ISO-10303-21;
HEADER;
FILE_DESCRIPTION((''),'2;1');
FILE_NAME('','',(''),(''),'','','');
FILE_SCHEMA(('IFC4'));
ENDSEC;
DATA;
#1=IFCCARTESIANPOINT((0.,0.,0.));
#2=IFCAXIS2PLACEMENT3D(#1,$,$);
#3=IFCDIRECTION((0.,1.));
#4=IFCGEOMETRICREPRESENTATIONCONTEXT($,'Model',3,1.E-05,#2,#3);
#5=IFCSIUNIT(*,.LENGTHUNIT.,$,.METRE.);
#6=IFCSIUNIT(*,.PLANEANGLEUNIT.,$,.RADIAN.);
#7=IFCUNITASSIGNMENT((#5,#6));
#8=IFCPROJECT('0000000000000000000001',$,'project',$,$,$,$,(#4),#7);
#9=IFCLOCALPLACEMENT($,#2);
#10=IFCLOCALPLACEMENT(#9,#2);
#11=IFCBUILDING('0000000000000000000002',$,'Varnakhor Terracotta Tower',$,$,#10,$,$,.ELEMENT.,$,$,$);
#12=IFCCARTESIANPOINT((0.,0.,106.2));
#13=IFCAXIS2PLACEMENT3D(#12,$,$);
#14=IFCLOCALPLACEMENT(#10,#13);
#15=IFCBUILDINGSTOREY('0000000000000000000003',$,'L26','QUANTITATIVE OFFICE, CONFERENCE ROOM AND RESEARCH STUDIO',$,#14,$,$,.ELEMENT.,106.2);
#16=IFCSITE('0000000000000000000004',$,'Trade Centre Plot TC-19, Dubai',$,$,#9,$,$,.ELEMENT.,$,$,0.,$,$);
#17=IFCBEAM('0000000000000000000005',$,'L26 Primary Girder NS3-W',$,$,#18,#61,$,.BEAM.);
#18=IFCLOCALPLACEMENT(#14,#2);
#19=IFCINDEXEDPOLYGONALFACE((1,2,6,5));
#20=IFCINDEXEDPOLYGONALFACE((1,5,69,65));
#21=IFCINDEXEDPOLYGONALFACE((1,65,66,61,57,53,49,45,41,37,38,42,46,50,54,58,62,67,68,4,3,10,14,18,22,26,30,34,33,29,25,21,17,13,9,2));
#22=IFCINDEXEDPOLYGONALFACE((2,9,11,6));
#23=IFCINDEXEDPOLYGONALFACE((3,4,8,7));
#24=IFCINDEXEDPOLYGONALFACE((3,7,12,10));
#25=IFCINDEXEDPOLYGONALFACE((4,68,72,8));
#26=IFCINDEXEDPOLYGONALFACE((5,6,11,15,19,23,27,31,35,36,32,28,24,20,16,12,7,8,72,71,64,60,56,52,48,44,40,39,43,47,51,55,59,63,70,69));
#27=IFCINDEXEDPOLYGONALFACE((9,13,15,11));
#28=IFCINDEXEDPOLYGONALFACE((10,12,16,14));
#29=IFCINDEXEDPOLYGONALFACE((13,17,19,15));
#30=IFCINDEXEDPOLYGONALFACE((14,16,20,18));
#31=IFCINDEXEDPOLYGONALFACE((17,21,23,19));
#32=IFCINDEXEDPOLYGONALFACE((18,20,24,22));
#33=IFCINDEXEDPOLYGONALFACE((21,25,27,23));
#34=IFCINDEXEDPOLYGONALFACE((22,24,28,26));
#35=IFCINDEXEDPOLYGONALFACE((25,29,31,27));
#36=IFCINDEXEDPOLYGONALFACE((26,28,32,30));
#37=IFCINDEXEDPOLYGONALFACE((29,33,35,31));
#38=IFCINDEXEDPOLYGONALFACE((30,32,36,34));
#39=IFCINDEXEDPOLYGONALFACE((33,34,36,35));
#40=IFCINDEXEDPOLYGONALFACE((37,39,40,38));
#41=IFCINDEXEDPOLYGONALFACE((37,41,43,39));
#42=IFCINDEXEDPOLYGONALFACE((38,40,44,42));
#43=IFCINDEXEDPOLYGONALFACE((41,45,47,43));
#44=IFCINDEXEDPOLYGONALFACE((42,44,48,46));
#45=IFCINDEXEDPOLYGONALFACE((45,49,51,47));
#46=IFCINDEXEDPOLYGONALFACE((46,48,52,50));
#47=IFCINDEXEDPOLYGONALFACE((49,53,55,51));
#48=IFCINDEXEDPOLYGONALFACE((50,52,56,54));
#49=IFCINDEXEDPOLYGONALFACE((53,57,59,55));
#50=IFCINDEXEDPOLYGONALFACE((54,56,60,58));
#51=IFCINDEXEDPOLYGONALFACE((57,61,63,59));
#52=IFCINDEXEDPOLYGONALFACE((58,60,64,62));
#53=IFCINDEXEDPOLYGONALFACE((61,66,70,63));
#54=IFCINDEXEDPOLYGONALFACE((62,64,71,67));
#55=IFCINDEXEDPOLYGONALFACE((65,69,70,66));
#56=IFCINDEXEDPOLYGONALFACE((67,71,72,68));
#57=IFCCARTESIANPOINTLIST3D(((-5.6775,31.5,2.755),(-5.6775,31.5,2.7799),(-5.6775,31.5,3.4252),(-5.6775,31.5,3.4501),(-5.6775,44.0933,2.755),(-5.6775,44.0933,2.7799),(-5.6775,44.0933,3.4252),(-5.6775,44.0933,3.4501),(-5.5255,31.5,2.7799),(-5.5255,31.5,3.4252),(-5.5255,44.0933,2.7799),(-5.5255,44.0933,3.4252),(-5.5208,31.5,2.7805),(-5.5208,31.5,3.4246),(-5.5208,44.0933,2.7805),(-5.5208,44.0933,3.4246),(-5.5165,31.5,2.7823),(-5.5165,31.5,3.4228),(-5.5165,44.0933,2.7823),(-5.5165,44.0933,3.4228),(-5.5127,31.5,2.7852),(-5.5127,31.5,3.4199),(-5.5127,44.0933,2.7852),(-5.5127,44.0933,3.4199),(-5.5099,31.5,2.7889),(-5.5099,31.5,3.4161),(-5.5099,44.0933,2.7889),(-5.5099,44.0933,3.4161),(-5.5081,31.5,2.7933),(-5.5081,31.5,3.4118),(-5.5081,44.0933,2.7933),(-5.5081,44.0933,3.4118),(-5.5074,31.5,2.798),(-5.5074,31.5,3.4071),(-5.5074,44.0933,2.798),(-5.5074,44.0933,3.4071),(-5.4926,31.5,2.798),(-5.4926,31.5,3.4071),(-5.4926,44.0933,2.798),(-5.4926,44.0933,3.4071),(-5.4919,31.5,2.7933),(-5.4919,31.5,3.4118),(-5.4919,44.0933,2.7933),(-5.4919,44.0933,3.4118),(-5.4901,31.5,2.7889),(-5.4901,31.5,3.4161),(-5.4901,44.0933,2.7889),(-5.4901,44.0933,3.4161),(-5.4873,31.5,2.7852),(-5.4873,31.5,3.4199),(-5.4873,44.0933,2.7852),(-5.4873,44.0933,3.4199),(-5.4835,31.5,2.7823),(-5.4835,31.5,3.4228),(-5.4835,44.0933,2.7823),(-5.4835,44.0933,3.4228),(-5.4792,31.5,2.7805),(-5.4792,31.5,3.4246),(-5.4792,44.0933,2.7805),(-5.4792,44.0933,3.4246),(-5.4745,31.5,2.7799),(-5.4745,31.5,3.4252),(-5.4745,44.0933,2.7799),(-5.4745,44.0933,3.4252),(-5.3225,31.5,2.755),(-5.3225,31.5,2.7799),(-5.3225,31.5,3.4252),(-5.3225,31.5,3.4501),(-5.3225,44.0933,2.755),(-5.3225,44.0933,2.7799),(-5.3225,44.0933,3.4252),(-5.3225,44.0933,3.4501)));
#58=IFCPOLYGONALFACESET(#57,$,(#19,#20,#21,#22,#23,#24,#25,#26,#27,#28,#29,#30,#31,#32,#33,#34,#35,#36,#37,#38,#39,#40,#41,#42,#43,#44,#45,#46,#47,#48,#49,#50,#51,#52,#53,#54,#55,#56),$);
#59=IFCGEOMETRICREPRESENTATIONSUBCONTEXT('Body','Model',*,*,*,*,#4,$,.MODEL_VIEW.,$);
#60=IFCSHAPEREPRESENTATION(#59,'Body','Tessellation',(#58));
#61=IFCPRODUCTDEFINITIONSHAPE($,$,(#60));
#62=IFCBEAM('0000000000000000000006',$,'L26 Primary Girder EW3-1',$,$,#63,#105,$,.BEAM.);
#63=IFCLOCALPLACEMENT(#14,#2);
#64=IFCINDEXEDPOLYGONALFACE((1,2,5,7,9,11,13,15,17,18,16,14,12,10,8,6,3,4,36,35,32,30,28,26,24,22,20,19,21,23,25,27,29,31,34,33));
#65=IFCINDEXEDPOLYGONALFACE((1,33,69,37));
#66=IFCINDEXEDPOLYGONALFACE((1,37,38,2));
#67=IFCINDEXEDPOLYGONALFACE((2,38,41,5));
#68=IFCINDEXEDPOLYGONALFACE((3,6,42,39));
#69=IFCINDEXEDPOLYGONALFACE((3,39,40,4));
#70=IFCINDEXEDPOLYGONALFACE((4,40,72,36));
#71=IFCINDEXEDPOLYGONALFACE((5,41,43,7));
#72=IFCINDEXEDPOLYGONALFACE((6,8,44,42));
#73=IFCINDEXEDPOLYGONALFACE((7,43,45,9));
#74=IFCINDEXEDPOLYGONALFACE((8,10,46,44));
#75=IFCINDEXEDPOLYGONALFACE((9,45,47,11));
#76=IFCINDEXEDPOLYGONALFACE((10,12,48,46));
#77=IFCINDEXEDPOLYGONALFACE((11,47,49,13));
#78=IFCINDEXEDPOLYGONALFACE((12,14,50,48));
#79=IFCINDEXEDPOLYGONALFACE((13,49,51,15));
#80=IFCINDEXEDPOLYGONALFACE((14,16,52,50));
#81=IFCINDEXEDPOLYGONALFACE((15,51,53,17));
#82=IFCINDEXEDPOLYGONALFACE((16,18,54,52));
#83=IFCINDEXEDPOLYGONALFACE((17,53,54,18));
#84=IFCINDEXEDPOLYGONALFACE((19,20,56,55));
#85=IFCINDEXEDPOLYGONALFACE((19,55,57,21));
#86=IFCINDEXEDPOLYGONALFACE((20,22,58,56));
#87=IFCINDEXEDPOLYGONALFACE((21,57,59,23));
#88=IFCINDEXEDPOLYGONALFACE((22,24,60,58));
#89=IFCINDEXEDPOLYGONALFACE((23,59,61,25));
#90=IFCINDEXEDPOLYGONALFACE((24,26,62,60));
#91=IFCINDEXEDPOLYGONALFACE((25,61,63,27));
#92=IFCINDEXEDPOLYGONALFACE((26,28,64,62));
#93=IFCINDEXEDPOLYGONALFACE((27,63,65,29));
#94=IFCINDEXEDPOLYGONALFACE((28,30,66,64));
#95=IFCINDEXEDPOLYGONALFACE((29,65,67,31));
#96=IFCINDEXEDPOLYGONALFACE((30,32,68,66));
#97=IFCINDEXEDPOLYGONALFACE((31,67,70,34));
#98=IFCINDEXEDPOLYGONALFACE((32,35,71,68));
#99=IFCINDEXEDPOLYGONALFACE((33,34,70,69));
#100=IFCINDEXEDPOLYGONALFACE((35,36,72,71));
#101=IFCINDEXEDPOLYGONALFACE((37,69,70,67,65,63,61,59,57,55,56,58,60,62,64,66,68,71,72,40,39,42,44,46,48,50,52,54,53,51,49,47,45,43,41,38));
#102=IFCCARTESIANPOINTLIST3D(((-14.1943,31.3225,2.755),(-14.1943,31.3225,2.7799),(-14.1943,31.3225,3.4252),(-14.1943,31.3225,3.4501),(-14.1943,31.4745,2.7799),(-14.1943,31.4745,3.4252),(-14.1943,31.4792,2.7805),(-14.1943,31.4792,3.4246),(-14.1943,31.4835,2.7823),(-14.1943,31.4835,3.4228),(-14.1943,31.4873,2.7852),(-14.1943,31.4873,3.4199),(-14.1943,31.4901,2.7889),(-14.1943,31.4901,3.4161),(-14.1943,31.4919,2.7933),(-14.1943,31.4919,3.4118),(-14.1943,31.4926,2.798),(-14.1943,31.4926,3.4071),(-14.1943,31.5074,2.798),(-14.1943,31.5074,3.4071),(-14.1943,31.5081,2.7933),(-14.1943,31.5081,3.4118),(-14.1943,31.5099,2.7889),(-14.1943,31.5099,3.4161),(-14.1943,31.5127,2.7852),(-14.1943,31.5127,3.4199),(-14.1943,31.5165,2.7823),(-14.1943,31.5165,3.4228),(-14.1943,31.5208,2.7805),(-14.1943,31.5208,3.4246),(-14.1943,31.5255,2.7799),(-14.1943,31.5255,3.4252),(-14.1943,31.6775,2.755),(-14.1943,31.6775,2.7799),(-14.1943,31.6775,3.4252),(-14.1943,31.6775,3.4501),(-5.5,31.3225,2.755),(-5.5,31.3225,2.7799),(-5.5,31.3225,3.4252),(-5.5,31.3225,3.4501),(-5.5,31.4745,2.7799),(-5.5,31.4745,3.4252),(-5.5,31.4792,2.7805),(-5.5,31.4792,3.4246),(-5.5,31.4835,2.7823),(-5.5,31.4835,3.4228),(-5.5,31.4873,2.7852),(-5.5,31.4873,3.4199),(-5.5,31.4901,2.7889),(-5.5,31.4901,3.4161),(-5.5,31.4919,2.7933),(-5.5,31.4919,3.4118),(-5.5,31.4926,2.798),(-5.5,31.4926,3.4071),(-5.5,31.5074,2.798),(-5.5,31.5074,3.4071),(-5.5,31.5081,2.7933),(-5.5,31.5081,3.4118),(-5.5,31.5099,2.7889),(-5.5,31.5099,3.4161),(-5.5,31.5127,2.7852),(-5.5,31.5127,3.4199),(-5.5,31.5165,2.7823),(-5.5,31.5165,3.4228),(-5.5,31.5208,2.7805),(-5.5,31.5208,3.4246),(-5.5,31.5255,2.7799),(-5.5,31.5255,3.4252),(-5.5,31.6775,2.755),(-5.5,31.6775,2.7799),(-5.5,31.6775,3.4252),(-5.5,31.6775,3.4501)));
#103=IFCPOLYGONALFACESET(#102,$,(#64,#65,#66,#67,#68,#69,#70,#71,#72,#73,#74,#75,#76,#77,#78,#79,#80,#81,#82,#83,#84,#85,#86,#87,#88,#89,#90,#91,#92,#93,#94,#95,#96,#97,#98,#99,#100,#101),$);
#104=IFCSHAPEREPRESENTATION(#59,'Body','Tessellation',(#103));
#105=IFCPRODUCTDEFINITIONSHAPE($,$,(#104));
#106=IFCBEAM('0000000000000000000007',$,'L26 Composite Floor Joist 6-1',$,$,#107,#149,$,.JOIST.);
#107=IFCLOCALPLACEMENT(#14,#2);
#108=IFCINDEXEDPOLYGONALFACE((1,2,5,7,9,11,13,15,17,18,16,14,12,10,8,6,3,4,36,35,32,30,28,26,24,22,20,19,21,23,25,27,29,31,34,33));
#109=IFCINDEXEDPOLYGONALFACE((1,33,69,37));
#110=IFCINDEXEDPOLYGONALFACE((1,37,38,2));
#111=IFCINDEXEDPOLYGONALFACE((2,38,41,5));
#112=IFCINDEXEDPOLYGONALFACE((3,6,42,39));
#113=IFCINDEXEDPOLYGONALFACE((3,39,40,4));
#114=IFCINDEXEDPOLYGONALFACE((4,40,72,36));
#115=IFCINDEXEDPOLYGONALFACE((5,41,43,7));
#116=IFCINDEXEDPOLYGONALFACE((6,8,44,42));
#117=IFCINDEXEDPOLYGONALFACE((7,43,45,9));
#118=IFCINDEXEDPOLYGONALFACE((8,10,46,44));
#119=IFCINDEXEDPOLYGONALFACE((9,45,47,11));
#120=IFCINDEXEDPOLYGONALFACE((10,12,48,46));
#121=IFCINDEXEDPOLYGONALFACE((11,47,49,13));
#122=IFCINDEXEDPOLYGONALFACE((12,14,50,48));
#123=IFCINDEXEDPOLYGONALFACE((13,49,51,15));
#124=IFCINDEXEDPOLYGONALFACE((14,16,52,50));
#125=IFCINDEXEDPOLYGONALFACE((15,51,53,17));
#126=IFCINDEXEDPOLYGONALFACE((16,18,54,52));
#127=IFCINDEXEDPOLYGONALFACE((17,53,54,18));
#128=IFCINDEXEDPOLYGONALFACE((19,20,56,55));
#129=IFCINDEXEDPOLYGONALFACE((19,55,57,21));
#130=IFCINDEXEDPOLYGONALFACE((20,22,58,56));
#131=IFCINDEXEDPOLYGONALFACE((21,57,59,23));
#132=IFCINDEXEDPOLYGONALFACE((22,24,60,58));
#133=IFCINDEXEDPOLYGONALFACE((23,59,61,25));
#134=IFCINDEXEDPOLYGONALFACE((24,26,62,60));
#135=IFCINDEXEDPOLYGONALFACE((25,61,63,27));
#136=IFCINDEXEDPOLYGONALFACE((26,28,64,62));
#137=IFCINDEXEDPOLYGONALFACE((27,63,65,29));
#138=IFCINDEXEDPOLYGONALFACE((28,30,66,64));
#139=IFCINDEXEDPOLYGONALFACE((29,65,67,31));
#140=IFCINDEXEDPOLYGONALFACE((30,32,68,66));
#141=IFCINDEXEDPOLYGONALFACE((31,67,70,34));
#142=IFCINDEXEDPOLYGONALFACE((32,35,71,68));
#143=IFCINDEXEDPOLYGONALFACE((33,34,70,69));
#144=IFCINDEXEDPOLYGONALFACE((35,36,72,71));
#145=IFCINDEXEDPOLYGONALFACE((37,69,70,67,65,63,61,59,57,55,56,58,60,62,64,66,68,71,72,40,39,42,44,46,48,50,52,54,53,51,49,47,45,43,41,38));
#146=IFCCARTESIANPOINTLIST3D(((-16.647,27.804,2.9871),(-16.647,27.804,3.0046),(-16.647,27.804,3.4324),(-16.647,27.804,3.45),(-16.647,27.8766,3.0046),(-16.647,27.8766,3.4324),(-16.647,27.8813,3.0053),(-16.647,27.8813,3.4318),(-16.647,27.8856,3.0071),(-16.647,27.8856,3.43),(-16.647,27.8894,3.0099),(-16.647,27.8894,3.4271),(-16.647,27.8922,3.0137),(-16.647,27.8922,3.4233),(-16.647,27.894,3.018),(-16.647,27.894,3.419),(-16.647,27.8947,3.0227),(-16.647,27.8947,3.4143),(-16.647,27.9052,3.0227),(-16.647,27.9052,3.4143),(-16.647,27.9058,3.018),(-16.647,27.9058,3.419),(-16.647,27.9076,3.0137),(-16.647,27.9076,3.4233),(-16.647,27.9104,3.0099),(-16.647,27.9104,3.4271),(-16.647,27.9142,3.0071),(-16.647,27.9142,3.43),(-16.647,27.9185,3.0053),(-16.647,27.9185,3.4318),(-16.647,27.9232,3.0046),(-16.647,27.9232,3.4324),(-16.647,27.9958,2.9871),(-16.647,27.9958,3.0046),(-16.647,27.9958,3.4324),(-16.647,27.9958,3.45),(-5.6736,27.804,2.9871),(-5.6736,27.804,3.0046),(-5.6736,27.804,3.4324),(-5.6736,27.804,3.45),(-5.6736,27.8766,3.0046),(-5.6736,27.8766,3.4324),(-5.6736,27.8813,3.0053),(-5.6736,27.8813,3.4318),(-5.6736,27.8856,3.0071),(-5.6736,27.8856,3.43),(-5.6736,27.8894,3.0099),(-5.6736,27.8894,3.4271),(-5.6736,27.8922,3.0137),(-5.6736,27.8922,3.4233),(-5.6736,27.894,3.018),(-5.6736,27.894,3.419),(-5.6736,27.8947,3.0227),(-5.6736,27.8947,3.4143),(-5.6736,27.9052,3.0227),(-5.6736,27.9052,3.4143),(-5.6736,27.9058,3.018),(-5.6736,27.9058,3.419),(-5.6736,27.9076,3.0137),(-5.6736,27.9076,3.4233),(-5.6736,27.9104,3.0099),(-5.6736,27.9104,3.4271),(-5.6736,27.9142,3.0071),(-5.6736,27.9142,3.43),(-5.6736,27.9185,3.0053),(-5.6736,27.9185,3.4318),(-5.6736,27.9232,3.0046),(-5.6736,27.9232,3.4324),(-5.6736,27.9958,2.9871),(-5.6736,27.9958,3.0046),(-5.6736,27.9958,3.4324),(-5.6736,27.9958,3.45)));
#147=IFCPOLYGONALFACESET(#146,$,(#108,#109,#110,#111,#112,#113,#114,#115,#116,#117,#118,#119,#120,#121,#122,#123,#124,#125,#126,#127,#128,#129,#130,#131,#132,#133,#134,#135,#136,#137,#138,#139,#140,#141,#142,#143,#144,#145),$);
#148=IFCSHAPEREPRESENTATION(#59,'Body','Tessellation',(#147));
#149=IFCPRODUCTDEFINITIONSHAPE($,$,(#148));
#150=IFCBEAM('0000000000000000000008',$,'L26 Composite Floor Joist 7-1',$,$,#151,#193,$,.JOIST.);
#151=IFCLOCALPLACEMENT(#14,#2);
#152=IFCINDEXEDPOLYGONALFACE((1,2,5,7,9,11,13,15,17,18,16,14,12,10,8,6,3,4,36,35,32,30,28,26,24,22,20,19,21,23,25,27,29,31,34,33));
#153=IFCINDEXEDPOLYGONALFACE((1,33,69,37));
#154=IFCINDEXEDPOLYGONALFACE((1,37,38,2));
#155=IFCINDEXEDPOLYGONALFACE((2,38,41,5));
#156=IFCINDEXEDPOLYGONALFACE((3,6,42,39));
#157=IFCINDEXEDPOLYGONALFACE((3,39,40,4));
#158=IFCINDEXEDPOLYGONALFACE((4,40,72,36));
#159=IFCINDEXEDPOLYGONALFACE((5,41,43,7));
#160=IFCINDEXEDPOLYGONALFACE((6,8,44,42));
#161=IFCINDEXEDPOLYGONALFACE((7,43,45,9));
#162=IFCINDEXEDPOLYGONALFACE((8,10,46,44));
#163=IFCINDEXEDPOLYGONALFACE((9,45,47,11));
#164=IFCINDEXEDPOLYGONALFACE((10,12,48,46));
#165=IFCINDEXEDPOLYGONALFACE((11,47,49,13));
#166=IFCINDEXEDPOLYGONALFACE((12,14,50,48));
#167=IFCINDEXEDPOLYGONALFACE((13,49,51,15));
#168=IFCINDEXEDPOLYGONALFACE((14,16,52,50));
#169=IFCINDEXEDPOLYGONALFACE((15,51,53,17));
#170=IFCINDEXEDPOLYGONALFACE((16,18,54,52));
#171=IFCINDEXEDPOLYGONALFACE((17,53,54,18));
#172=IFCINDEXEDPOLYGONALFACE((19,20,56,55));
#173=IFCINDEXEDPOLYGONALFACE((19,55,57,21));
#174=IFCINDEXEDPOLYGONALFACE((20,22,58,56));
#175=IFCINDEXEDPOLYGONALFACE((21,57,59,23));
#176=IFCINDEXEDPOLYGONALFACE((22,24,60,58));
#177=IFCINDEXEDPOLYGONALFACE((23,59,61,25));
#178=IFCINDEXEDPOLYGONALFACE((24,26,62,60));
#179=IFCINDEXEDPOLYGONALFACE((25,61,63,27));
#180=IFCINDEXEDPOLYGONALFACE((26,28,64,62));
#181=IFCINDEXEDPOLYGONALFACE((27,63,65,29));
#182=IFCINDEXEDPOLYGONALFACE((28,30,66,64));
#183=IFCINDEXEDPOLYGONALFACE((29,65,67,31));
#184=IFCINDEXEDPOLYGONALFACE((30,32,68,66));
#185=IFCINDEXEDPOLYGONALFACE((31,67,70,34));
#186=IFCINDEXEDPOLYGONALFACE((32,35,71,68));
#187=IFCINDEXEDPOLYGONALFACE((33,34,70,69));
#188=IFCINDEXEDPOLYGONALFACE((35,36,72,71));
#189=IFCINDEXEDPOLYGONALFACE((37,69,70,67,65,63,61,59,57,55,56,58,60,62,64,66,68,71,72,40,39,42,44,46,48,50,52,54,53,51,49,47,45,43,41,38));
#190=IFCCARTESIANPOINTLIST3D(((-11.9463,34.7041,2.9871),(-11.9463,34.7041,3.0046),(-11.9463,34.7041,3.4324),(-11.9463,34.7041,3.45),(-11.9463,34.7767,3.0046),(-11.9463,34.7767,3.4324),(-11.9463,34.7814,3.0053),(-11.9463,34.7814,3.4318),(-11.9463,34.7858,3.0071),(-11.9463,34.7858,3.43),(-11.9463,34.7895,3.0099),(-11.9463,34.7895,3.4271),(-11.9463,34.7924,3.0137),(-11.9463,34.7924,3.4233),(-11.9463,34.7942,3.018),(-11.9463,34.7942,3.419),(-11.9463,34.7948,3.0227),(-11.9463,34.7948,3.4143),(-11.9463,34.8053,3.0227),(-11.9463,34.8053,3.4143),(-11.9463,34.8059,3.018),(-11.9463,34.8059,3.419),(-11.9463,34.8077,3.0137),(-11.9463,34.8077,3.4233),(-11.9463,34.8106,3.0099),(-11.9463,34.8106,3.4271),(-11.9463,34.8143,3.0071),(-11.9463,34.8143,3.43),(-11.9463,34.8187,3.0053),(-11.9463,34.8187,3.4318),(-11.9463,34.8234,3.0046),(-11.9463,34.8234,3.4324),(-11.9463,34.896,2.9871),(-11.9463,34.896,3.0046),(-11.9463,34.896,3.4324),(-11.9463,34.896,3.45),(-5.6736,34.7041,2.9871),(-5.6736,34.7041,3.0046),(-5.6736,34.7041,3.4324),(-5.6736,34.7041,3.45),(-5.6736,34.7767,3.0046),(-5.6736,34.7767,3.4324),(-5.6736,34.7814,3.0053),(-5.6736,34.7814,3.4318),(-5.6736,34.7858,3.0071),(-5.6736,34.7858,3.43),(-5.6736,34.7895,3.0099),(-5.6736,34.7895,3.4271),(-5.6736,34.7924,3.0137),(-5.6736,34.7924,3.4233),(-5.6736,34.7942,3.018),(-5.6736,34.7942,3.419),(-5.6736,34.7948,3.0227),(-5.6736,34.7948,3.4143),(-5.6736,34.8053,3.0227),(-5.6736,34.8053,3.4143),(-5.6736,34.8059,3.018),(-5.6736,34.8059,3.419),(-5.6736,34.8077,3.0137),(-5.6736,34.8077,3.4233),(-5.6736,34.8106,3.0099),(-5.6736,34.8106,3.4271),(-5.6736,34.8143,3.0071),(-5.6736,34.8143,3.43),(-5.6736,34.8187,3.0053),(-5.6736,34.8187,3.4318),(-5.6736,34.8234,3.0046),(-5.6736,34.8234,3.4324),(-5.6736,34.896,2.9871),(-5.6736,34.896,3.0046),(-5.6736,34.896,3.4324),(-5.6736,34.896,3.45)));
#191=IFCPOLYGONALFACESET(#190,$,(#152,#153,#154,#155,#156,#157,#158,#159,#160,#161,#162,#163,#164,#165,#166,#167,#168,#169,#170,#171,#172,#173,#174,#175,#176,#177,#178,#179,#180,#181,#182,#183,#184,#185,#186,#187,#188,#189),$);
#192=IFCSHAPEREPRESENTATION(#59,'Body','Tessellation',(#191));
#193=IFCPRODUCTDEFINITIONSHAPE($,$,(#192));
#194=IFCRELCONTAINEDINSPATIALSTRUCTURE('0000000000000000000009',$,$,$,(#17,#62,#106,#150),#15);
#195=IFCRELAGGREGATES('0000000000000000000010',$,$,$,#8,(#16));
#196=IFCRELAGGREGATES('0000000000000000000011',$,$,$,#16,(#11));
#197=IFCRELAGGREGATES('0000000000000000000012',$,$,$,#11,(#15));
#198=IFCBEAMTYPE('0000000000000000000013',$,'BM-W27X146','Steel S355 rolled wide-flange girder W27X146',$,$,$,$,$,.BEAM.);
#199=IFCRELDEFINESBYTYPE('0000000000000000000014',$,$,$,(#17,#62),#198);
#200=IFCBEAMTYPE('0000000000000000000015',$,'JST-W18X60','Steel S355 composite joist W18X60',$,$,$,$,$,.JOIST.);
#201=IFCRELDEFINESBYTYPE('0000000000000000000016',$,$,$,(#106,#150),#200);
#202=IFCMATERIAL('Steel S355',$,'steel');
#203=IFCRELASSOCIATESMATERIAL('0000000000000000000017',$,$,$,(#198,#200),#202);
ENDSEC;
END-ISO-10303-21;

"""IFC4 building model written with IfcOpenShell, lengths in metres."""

from ifc_helpers import new_model, si_unit, direction, frame, origin, origin_2d, place, context, subcontext, project, spatial, i_section, extrude, source, transform, mapped, material, material_profile, profile_set, type_object, element, save


model = new_model("IFC4")

# Units and contexts
model_context = context("Model", 3, precision=1e-05, world=origin(), true_north=direction((0.0, 1.0)))
body_context = subcontext(model_context, "Body", "Model", "MODEL_VIEW")
ifc_project = project(units=[si_unit("LENGTHUNIT", "METRE"), si_unit("PLANEANGLEUNIT", "RADIAN")], contexts=[model_context])

# Site, building, storey
site_placement = place(None, origin())
site = spatial("IfcSite", under=ifc_project, at=site_placement, Name="Trade Centre Plot TC-19, Dubai", CompositionType="ELEMENT", RefElevation=0.0)
building_placement = place(site_placement, origin())
building = spatial("IfcBuilding", under=site, at=building_placement, Name="Varnakhor Terracotta Tower", CompositionType="ELEMENT")
storey_placement = place(building_placement, frame((0.0, 0.0, 106.2)))
storey = spatial("IfcBuildingStorey", under=building, at=storey_placement, Name="L26", Description="QUANTITATIVE OFFICE, CONFERENCE ROOM AND RESEARCH STUDIO", CompositionType="ELEMENT", Elevation=106.2)

# Beams
ifc_material_1 = material(Name="Steel S355", Category="steel")
ifc_material_profile_1 = material_profile(ifc_material_1, i_section(OverallWidth=0.355, OverallDepth=0.6951, WebThickness=0.0149, FlangeThickness=0.0249, FilletRadius=0.0181, at=origin_2d()), Name="W27X146")
ifc_profile_set_1 = profile_set([ifc_material_profile_1], Name="Steel S355")
beam_type_1 = type_object("IfcBeamType", Name="BM-W27X146", Description="Steel S355 rolled wide-flange girder W27X146", PredefinedType="BEAM", material=ifc_profile_set_1)
ifc_material_profile_2 = material_profile(ifc_material_1, i_section(OverallWidth=0.1919, OverallDepth=0.4629, WebThickness=0.0105, FlangeThickness=0.0176, FilletRadius=0.0181, at=origin_2d()), Name="W18X60")
ifc_profile_set_2 = profile_set([ifc_material_profile_2], Name="Steel S355")
beam_type_2 = type_object("IfcBeamType", Name="JST-W18X60", Description="Steel S355 composite joist W18X60", PredefinedType="JOIST", material=ifc_profile_set_2)
shared_shape_1 = source(origin(), body_context, "Body", "SweptSolid", [
    extrude(i_section(OverallWidth=0.355, OverallDepth=0.6951, WebThickness=0.0149, FlangeThickness=0.0249, FilletRadius=0.0181, at=origin_2d()), origin(), (0.0, 0.0, 1.0), 12.5933),
])
beam_1_placement = place(storey_placement, frame((-5.5, 31.5, 3.1025), z_axis=(0.0, 1.0, 0.0), x_axis=(-1.0, 0.0, 0.0)))
element("IfcBeam", 1, at=beam_1_placement, inside=storey, type_object=beam_type_1, Name="L26 Primary Girder NS3-W", PredefinedType="BEAM", context=body_context, shape_type="MappedRepresentation", body=[
    mapped(shared_shape_1, transform((0.0, 0.0, 0.0), scale=1.0)),
])
shared_shape_2 = source(origin(), body_context, "Body", "SweptSolid", [
    extrude(i_section(OverallWidth=0.355, OverallDepth=0.6951, WebThickness=0.0149, FlangeThickness=0.0249, FilletRadius=0.0181, at=origin_2d()), origin(), (0.0, 0.0, 1.0), 8.6943),
])
beam_2_placement = place(storey_placement, frame((-14.1943, 31.5, 3.1025), z_axis=(1.0, 0.0, 0.0), x_axis=(0.0, 1.0, 0.0)))
element("IfcBeam", 2, at=beam_2_placement, inside=storey, type_object=beam_type_1, Name="L26 Primary Girder EW3-1", PredefinedType="BEAM", context=body_context, shape_type="MappedRepresentation", body=[
    mapped(shared_shape_2, transform((0.0, 0.0, 0.0), scale=1.0)),
])
shared_shape_3 = source(origin(), body_context, "Body", "SweptSolid", [
    extrude(i_section(OverallWidth=0.1919, OverallDepth=0.4629, WebThickness=0.0105, FlangeThickness=0.0176, FilletRadius=0.0181, at=origin_2d()), origin(), (0.0, 0.0, 1.0), 10.9734),
])
beam_3_placement = place(storey_placement, frame((-16.647, 27.8999, 3.2185), z_axis=(1.0, 0.0, 0.0), x_axis=(0.0, 1.0, 0.0)))
element("IfcBeam", 3, at=beam_3_placement, inside=storey, type_object=beam_type_2, Name="L26 Composite Floor Joist 6-1", PredefinedType="JOIST", context=body_context, shape_type="MappedRepresentation", body=[
    mapped(shared_shape_3, transform((0.0, 0.0, 0.0), scale=1.0)),
])
shared_shape_4 = source(origin(), body_context, "Body", "SweptSolid", [
    extrude(i_section(OverallWidth=0.1919, OverallDepth=0.4629, WebThickness=0.0105, FlangeThickness=0.0176, FilletRadius=0.0181, at=origin_2d()), origin(), (0.0, 0.0, 1.0), 6.2727),
])
beam_4_placement = place(storey_placement, frame((-11.9463, 34.8, 3.2185), z_axis=(1.0, 0.0, 0.0), x_axis=(0.0, 1.0, 0.0)))
element("IfcBeam", 4, at=beam_4_placement, inside=storey, type_object=beam_type_2, Name="L26 Composite Floor Joist 7-1", PredefinedType="JOIST", context=body_context, shape_type="MappedRepresentation", body=[
    mapped(shared_shape_4, transform((0.0, 0.0, 0.0), scale=1.0)),
])

save(model, "model.ifc")
